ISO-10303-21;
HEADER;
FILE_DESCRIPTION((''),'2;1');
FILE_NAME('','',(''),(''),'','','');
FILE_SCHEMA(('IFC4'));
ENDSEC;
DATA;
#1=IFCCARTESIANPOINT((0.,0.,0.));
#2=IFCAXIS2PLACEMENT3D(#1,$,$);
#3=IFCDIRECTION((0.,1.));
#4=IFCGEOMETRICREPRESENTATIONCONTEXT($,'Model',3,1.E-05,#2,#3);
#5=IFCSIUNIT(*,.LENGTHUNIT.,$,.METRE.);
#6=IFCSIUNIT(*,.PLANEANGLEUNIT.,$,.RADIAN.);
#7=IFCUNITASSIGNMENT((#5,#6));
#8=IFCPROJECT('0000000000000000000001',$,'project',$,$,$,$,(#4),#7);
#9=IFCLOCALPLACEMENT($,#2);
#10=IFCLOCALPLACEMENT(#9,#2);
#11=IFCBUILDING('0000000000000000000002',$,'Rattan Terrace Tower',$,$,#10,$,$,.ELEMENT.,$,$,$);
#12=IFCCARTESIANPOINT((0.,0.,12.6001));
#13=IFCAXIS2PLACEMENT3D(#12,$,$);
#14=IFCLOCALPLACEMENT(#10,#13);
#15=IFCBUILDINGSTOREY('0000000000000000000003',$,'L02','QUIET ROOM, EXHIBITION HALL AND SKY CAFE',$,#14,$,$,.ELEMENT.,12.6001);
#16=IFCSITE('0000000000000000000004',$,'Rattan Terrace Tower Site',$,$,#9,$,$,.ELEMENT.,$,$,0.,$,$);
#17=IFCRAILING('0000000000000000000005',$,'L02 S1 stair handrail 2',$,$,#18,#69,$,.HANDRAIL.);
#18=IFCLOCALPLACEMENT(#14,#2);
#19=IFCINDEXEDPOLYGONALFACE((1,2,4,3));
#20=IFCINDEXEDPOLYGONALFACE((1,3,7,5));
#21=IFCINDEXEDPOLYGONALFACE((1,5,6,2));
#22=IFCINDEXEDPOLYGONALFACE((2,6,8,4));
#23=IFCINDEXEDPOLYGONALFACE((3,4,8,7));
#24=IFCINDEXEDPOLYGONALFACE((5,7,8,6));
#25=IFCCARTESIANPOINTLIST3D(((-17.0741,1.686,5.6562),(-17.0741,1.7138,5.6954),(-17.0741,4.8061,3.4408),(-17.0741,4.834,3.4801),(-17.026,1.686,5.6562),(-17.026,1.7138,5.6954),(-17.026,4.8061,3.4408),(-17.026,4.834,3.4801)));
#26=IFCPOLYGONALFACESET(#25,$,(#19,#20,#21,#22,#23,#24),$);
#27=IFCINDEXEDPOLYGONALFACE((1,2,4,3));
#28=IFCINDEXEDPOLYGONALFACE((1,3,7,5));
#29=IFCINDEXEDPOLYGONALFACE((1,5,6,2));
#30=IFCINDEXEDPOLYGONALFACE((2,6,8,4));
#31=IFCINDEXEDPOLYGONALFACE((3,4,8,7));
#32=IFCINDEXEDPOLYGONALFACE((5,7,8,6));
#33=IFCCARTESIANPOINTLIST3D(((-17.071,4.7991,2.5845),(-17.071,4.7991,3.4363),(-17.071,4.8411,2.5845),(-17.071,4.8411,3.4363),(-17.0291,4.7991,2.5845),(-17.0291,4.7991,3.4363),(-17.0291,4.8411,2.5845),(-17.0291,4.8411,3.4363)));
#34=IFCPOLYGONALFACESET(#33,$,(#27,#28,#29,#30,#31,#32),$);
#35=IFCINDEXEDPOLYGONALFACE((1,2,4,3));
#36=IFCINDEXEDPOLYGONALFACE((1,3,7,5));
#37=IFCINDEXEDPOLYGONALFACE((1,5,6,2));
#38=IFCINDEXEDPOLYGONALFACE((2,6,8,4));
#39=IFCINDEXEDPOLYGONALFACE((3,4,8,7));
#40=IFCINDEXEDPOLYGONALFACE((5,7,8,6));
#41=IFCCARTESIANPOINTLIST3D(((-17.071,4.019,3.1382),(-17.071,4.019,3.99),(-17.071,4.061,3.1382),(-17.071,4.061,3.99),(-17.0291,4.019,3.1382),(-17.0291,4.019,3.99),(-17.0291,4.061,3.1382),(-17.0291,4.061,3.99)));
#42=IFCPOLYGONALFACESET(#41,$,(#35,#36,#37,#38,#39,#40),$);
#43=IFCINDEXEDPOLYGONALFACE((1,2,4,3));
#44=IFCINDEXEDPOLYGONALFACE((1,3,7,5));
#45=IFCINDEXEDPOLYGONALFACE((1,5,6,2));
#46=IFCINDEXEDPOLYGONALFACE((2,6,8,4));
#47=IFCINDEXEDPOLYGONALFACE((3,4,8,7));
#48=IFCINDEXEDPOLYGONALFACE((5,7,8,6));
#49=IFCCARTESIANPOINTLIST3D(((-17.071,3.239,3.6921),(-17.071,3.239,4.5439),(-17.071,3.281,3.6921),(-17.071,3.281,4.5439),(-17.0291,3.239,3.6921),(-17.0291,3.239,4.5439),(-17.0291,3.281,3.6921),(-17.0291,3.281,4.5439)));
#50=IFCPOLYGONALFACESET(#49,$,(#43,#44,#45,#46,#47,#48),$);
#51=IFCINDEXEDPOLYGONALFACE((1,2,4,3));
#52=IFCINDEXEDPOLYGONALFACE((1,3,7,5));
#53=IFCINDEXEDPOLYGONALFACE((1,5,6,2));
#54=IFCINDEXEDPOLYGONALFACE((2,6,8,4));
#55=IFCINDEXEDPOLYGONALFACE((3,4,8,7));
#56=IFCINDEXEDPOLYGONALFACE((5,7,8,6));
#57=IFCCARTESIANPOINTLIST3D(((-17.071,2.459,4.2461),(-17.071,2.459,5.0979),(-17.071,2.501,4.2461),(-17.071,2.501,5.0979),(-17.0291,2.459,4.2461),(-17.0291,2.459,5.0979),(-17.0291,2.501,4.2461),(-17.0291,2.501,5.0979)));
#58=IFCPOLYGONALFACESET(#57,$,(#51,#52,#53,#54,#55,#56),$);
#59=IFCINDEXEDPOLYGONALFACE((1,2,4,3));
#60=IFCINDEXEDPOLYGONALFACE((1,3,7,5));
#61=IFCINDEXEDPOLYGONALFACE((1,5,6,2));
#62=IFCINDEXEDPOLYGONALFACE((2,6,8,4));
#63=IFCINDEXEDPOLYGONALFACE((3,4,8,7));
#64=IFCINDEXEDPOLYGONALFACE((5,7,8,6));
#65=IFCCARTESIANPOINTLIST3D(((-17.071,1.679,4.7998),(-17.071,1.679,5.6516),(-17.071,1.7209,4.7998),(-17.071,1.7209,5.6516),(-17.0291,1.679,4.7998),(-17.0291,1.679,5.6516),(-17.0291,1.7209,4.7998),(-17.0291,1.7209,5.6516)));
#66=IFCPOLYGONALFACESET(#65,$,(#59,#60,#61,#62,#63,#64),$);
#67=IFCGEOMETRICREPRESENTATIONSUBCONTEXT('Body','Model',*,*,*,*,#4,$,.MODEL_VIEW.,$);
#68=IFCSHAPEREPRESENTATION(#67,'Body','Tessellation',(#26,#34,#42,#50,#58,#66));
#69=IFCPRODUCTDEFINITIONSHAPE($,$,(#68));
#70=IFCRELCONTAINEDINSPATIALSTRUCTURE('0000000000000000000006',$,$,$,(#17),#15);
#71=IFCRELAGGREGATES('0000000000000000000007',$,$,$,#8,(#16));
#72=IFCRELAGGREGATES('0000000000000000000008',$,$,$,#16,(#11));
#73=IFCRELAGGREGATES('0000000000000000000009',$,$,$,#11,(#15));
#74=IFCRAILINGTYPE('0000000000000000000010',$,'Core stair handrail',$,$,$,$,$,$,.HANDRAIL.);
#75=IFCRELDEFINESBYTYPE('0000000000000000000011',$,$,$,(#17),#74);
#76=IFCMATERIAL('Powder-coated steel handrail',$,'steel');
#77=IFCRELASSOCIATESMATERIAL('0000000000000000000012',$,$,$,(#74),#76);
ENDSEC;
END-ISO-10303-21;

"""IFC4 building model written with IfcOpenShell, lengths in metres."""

from ifc_helpers import new_model, si_unit, direction, frame, origin, origin_2d, place, context, subcontext, project, spatial, rectangle, extrude, material, type_object, element, save


model = new_model("IFC4")

# Units and contexts
model_context = context("Model", 3, precision=1e-05, world=origin(), true_north=direction((0.0, 1.0)))
body_context = subcontext(model_context, "Body", "Model", "MODEL_VIEW")
ifc_project = project(units=[si_unit("LENGTHUNIT", "METRE"), si_unit("PLANEANGLEUNIT", "RADIAN")], contexts=[model_context])

# Site, building, storey
site_placement = place(None, origin())
site = spatial("IfcSite", under=ifc_project, at=site_placement, Name="Rattan Terrace Tower Site", CompositionType="ELEMENT", RefElevation=0.0)
building_placement = place(site_placement, origin())
building = spatial("IfcBuilding", under=site, at=building_placement, Name="Rattan Terrace Tower", CompositionType="ELEMENT")
storey_placement = place(building_placement, frame((0.0, 0.0, 12.6001)))
storey = spatial("IfcBuildingStorey", under=building, at=storey_placement, Name="L02", Description="QUIET ROOM, EXHIBITION HALL AND SKY CAFE", CompositionType="ELEMENT", Elevation=12.6001)

# Railing
ifc_material_1 = material(Name="Powder-coated steel handrail", Category="steel")
railing_type_1 = type_object("IfcRailingType", Name="Core stair handrail", PredefinedType="HANDRAIL", material=ifc_material_1)
railing_1_placement = place(storey_placement, frame((-17.05, 4.8201, 2.5845)))
element("IfcRailing", 1, at=railing_1_placement, inside=storey, type_object=railing_type_1, Name="L02 S1 stair handrail 2", PredefinedType="HANDRAIL", context=body_context, shape_type="SweptSolid", body=[
    extrude(rectangle(XDim=0.0481, YDim=0.0481, at=origin_2d()), frame((0.0, 0.0, 0.876), z_axis=(0.0, -0.815377, 0.57893), x_axis=(1.0, 0.0, 0.0)), (0.0, 0.0, 1.0), 3.8267),
    extrude(rectangle(XDim=0.042, YDim=0.042, at=origin_2d()), origin(), (0.0, 0.0, 1.0), 0.8518),
    extrude(rectangle(XDim=0.042, YDim=0.042, at=origin_2d()), frame((0.0, -0.78, 0.5537)), (0.0, 0.0, 1.0), 0.8518),
    extrude(rectangle(XDim=0.042, YDim=0.042, at=origin_2d()), frame((0.0, -1.5601, 1.1077)), (0.0, 0.0, 1.0), 0.8518),
    extrude(rectangle(XDim=0.042, YDim=0.042, at=origin_2d()), frame((0.0, -2.3401, 1.6616)), (0.0, 0.0, 1.0), 0.8518),
    extrude(rectangle(XDim=0.042, YDim=0.042, at=origin_2d()), frame((0.0, -3.1201, 2.2153)), (0.0, 0.0, 1.0), 0.8518),
])

save(model, "model.ifc")
